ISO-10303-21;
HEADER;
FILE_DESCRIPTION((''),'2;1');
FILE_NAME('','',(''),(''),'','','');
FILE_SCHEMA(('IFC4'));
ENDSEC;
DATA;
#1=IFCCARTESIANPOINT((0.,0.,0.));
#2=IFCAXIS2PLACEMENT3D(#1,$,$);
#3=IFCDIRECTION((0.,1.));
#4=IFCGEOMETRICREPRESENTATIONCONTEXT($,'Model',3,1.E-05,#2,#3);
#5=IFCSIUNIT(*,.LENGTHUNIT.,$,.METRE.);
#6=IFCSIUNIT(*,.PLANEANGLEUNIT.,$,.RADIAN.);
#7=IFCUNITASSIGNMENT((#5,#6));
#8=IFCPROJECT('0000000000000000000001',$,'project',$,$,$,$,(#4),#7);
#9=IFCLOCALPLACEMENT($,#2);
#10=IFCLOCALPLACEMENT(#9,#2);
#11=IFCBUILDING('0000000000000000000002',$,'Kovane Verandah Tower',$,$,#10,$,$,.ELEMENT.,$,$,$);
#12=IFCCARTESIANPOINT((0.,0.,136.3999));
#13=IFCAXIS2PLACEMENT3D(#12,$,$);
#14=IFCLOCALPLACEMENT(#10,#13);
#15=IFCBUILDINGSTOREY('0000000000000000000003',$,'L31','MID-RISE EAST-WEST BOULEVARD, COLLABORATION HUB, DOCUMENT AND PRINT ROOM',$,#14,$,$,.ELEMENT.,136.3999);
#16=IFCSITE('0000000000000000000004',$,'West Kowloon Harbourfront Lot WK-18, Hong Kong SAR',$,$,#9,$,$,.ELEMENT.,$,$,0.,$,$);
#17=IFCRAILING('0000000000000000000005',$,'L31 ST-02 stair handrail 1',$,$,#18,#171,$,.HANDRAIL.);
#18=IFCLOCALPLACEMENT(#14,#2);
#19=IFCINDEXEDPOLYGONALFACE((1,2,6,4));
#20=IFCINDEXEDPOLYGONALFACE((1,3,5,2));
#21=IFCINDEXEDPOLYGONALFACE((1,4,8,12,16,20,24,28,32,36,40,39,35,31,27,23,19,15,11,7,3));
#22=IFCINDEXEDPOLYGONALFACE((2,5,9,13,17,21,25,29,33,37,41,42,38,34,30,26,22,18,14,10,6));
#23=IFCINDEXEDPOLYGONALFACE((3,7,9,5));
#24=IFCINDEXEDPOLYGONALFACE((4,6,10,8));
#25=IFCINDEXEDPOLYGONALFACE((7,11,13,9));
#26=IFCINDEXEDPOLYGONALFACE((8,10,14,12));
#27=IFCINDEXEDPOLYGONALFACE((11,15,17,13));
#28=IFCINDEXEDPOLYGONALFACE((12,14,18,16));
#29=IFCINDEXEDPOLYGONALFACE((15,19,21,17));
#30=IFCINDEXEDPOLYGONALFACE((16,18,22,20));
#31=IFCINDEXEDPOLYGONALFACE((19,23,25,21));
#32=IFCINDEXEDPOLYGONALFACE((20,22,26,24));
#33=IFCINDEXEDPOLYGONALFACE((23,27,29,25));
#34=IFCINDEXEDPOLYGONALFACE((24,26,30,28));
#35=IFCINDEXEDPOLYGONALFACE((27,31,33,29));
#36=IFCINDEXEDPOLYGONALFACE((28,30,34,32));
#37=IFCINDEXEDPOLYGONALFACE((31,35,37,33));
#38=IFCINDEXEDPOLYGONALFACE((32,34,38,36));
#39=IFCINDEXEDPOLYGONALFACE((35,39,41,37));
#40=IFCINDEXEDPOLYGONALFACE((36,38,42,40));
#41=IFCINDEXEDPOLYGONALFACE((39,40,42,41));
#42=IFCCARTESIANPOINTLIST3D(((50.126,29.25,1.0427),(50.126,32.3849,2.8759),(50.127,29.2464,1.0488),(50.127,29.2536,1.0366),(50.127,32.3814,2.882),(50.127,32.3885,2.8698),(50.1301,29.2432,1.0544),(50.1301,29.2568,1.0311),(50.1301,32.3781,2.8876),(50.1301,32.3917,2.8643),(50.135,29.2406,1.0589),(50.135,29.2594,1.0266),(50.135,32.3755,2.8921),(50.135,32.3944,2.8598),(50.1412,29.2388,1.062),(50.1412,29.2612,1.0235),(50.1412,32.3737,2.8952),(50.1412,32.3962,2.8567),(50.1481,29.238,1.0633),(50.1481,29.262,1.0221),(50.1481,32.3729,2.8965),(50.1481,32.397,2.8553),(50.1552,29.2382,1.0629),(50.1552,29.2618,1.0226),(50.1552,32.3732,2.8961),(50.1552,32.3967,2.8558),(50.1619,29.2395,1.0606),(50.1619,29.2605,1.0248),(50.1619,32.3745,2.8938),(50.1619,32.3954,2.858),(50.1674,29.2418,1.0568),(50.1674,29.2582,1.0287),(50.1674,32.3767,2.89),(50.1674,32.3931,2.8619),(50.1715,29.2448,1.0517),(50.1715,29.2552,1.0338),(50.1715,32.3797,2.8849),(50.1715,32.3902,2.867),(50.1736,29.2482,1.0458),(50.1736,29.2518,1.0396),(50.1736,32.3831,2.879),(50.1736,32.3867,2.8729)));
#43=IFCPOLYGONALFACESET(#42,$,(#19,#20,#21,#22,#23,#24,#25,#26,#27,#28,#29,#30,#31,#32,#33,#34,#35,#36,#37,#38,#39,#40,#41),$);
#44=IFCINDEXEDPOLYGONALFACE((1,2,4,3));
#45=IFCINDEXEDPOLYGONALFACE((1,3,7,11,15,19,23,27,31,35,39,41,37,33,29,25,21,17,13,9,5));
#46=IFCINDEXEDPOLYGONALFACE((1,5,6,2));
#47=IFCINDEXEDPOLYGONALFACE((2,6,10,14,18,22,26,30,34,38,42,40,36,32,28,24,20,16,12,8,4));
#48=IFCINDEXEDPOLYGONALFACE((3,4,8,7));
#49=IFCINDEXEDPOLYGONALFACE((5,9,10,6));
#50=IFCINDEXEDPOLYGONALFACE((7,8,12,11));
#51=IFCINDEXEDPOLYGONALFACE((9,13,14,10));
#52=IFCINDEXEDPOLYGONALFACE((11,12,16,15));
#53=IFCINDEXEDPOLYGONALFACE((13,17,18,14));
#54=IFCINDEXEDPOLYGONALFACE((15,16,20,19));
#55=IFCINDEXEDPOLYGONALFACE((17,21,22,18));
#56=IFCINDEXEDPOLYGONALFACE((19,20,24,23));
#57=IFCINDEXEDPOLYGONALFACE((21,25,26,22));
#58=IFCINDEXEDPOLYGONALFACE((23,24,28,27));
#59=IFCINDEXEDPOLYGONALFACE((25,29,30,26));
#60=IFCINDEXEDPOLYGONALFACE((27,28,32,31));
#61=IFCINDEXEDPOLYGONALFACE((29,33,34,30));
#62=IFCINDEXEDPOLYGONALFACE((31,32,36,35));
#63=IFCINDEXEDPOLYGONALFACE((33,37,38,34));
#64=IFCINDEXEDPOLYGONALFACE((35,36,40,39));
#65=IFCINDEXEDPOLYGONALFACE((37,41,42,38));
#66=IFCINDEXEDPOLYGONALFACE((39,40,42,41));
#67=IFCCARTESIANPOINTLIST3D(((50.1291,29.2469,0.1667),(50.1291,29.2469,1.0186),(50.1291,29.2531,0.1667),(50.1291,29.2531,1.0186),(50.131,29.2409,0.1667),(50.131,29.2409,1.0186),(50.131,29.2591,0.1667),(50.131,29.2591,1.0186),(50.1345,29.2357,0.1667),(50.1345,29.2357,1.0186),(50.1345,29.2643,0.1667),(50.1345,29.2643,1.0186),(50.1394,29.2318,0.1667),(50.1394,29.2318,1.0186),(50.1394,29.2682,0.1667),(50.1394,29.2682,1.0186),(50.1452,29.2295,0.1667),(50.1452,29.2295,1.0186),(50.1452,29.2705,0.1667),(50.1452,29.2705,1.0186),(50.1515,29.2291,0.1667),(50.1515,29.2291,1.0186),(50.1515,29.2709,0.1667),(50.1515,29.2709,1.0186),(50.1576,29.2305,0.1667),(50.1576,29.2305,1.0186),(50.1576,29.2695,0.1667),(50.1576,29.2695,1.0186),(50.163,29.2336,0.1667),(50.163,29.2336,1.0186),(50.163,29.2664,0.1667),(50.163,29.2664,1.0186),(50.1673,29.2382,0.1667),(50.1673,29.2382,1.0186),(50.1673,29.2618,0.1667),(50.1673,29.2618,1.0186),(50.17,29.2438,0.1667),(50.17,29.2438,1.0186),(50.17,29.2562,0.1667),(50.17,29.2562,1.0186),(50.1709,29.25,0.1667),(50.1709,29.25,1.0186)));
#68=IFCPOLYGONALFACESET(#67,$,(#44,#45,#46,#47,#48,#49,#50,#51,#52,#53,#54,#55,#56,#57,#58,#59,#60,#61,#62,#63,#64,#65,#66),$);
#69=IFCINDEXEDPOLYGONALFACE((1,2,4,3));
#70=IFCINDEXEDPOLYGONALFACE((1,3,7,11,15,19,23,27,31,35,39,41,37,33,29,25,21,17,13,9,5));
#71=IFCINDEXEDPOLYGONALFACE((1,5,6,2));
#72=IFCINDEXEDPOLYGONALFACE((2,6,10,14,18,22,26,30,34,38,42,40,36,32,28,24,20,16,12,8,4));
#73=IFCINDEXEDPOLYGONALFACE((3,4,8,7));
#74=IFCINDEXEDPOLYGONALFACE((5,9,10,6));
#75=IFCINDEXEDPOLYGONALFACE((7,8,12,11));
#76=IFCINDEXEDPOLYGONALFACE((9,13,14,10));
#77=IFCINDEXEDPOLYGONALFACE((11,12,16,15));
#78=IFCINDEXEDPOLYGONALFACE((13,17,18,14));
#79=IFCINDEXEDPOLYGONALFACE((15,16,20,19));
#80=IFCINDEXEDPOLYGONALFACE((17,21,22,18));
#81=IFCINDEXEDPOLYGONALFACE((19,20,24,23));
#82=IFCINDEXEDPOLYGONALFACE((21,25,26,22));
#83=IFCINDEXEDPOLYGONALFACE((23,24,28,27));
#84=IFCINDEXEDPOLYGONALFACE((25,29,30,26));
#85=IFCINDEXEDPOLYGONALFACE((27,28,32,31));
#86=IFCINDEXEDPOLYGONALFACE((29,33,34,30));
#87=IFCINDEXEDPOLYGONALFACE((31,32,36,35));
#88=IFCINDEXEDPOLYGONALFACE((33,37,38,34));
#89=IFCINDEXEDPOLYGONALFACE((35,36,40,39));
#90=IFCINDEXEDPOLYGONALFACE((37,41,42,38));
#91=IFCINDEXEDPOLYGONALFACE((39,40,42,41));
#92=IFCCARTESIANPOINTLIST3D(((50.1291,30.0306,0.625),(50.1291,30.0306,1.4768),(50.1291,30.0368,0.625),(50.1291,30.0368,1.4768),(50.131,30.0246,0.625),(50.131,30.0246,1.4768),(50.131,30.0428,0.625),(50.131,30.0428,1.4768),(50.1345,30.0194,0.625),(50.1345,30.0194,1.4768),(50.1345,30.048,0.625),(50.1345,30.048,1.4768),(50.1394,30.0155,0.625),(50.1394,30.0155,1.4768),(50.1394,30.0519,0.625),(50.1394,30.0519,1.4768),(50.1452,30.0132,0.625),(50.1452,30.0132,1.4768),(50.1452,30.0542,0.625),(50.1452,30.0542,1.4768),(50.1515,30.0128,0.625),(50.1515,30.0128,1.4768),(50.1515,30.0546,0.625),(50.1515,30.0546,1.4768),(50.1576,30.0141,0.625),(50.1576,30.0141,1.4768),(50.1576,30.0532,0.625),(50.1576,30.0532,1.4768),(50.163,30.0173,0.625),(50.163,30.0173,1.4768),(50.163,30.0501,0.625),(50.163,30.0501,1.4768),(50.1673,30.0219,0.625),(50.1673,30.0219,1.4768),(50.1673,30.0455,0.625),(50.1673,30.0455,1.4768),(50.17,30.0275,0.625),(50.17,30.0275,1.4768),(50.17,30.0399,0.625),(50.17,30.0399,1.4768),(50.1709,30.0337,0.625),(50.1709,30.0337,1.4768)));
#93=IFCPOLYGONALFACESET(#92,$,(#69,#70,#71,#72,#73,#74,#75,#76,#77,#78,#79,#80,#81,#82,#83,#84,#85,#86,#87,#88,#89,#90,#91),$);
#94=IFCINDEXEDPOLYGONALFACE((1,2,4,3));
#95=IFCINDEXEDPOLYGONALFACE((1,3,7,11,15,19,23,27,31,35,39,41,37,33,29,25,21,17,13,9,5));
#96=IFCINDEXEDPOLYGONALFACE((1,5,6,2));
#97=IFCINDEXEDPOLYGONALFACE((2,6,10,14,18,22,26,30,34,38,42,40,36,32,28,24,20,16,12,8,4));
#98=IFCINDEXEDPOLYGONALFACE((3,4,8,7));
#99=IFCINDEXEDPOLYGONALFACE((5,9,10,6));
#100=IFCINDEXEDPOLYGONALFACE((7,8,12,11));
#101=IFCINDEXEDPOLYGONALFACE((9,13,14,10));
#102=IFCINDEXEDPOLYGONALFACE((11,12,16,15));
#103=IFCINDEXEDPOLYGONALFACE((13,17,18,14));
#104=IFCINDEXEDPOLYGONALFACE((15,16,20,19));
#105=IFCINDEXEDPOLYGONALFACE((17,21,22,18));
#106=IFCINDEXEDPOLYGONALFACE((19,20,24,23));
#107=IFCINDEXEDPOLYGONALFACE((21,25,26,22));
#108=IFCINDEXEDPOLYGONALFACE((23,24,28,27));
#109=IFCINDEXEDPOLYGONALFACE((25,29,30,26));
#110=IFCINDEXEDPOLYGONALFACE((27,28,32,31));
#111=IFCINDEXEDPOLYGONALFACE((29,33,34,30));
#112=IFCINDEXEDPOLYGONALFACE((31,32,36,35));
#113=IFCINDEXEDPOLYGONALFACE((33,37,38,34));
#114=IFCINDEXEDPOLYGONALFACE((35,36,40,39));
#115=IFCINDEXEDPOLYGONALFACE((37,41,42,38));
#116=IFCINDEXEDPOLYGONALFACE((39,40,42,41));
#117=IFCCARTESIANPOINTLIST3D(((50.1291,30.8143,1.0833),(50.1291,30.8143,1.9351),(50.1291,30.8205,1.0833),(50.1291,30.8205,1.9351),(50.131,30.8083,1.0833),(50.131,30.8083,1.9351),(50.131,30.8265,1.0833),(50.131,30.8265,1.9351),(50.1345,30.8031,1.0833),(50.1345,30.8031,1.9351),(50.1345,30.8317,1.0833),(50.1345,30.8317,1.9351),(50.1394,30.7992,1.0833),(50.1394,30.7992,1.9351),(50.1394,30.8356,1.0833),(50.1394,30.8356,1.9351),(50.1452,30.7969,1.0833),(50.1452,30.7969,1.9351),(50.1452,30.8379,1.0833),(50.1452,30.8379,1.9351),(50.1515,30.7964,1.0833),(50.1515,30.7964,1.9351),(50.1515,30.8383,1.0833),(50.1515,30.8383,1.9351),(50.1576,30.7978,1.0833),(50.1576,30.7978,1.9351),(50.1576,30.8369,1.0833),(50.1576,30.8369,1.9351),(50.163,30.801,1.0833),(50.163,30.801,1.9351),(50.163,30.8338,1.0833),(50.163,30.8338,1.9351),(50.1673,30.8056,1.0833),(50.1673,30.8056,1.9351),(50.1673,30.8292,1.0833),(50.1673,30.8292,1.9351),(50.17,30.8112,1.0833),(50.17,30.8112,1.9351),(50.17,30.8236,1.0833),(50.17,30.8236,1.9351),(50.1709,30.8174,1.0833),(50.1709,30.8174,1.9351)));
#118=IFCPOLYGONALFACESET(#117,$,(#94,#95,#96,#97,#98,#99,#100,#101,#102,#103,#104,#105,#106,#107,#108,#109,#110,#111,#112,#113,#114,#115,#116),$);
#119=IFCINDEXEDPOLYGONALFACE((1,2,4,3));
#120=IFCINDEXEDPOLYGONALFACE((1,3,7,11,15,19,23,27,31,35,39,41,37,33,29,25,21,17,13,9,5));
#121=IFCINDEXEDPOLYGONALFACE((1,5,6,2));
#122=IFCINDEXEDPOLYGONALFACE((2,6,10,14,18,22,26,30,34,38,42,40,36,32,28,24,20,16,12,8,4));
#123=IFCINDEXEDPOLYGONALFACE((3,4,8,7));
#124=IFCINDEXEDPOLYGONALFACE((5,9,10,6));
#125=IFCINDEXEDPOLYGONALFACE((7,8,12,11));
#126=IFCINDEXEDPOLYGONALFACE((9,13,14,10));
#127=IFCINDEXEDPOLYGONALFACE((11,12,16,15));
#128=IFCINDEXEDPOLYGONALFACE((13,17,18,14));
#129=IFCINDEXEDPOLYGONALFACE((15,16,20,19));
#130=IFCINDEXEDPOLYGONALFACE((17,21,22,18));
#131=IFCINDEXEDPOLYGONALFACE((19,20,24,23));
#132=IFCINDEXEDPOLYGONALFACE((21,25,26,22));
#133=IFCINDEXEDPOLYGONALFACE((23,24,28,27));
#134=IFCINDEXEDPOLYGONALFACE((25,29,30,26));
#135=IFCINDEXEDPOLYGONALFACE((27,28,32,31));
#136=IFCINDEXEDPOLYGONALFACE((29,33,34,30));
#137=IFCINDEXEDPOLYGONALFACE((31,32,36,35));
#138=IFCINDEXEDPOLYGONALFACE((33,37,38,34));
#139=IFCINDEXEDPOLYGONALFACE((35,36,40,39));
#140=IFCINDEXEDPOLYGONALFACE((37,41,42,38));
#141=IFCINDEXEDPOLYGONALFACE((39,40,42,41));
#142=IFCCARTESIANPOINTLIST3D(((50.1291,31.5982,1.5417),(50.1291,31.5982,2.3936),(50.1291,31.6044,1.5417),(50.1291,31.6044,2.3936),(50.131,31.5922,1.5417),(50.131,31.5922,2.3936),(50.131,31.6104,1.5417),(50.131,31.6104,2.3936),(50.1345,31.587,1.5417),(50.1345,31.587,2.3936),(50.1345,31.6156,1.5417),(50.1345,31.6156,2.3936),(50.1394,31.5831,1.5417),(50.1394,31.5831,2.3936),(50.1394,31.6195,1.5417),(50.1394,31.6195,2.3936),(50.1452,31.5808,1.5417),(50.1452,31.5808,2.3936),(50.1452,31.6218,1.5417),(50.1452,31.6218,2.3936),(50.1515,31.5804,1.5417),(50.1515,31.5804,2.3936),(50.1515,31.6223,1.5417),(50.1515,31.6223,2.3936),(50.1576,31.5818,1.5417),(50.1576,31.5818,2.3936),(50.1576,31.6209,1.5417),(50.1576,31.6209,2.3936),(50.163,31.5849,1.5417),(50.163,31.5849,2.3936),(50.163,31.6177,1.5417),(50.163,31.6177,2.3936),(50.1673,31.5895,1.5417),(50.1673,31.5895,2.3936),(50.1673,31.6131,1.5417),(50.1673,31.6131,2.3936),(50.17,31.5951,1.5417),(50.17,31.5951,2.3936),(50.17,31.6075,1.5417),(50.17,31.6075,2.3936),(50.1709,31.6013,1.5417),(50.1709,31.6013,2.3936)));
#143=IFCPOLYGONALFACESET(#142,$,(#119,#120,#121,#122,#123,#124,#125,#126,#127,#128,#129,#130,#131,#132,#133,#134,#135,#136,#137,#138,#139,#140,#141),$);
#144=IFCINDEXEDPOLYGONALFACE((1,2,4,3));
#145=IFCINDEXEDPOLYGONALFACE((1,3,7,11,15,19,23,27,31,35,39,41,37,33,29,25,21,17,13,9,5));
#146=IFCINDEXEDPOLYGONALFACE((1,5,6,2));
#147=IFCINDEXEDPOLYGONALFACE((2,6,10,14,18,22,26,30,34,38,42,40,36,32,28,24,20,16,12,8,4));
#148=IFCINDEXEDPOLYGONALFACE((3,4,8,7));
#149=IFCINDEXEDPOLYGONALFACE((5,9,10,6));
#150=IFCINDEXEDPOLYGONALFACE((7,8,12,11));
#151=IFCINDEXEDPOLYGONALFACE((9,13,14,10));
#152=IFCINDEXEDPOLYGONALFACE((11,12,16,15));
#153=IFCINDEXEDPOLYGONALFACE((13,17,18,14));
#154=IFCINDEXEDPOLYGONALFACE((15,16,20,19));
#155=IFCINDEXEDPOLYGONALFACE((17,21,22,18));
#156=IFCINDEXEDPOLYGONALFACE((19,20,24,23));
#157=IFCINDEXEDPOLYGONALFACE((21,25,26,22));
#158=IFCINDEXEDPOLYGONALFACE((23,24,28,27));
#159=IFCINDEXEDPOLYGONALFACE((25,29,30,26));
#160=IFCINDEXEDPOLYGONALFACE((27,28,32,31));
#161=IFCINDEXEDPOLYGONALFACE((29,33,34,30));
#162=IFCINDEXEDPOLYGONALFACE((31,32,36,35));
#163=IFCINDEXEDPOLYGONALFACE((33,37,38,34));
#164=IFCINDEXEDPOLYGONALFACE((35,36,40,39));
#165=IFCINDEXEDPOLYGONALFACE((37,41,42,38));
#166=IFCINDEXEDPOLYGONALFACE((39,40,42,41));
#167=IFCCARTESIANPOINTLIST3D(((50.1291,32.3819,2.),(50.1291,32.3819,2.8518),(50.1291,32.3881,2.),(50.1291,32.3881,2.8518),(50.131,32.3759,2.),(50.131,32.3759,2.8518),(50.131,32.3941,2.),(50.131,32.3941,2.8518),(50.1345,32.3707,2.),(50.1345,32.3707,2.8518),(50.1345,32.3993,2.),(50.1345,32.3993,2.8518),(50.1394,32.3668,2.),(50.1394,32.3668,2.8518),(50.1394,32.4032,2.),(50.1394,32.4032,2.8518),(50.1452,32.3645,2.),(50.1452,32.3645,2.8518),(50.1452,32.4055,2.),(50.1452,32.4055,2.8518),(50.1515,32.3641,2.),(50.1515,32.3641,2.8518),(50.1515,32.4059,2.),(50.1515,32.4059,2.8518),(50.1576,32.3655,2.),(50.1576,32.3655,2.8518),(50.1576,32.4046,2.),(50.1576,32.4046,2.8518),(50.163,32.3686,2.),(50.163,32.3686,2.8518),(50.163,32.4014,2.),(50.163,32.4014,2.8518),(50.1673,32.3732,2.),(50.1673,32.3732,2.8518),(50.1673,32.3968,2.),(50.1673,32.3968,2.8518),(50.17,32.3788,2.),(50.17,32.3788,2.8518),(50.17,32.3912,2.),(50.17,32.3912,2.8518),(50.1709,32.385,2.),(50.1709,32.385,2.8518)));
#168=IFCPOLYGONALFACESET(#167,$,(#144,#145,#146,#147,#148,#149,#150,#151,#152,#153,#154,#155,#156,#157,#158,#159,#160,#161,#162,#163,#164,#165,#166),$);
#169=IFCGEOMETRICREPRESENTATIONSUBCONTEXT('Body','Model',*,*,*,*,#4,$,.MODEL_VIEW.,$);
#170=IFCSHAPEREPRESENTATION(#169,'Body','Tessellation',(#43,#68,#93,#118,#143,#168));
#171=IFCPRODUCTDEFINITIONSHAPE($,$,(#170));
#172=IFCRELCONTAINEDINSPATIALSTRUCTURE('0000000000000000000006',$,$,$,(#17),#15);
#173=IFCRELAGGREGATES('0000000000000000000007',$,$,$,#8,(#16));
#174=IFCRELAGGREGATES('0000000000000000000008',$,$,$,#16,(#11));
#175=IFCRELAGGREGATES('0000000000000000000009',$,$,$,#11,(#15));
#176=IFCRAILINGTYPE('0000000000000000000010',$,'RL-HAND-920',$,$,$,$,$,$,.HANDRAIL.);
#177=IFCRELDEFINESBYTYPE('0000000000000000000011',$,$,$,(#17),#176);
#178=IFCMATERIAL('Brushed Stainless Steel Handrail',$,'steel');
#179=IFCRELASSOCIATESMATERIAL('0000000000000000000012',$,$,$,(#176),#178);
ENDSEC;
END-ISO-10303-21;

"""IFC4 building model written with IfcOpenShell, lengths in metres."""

from ifc_helpers import new_model, si_unit, direction, frame, origin, origin_2d, place, context, subcontext, project, spatial, circle, extrude, material, type_object, element, save


model = new_model("IFC4")

# Units and contexts
model_context = context("Model", 3, precision=1e-05, world=origin(), true_north=direction((0.0, 1.0)))
body_context = subcontext(model_context, "Body", "Model", "MODEL_VIEW")
ifc_project = project(units=[si_unit("LENGTHUNIT", "METRE"), si_unit("PLANEANGLEUNIT", "RADIAN")], contexts=[model_context])

# Site, building, storey
site_placement = place(None, origin())
site = spatial("IfcSite", under=ifc_project, at=site_placement, Name="West Kowloon Harbourfront Lot WK-18, Hong Kong SAR", CompositionType="ELEMENT", RefElevation=0.0)
building_placement = place(site_placement, origin())
building = spatial("IfcBuilding", under=site, at=building_placement, Name="Kovane Verandah Tower", CompositionType="ELEMENT")
storey_placement = place(building_placement, frame((0.0, 0.0, 136.3999)))
storey = spatial("IfcBuildingStorey", under=building, at=storey_placement, Name="L31", Description="MID-RISE EAST-WEST BOULEVARD, COLLABORATION HUB, DOCUMENT AND PRINT ROOM", CompositionType="ELEMENT", Elevation=136.3999)

# Railing
ifc_material_1 = material(Name="Brushed Stainless Steel Handrail", Category="steel")
railing_type_1 = type_object("IfcRailingType", Name="RL-HAND-920", PredefinedType="HANDRAIL", material=ifc_material_1)
railing_1_placement = place(storey_placement, frame((50.1499, 29.25, 0.1667)))
element("IfcRailing", 1, at=railing_1_placement, inside=storey, type_object=railing_type_1, Name="L31 ST-02 stair handrail 1", PredefinedType="HANDRAIL", context=body_context, shape_type="SweptSolid", body=[
    extrude(circle(Radius=0.0239, at=origin_2d()), frame((0.0, 0.0, 0.876), z_axis=(0.0, 0.86324, 0.504794), x_axis=(-1.0, 0.0, 0.0)), (0.0, 0.0, 1.0), 3.6316),
    extrude(circle(Radius=0.021, at=origin_2d()), origin(), (0.0, 0.0, 1.0), 0.8518),
    extrude(circle(Radius=0.021, at=origin_2d()), frame((0.0, 0.7837, 0.4583)), (0.0, 0.0, 1.0), 0.8518),
    extrude(circle(Radius=0.021, at=origin_2d()), frame((0.0, 1.5674, 0.9165)), (0.0, 0.0, 1.0), 0.8518),
    extrude(circle(Radius=0.021, at=origin_2d()), frame((0.0, 2.3513, 1.375)), (0.0, 0.0, 1.0), 0.8518),
    extrude(circle(Radius=0.021, at=origin_2d()), frame((0.0, 3.135, 1.8333)), (0.0, 0.0, 1.0), 0.8518),
])

save(model, "model.ifc")
